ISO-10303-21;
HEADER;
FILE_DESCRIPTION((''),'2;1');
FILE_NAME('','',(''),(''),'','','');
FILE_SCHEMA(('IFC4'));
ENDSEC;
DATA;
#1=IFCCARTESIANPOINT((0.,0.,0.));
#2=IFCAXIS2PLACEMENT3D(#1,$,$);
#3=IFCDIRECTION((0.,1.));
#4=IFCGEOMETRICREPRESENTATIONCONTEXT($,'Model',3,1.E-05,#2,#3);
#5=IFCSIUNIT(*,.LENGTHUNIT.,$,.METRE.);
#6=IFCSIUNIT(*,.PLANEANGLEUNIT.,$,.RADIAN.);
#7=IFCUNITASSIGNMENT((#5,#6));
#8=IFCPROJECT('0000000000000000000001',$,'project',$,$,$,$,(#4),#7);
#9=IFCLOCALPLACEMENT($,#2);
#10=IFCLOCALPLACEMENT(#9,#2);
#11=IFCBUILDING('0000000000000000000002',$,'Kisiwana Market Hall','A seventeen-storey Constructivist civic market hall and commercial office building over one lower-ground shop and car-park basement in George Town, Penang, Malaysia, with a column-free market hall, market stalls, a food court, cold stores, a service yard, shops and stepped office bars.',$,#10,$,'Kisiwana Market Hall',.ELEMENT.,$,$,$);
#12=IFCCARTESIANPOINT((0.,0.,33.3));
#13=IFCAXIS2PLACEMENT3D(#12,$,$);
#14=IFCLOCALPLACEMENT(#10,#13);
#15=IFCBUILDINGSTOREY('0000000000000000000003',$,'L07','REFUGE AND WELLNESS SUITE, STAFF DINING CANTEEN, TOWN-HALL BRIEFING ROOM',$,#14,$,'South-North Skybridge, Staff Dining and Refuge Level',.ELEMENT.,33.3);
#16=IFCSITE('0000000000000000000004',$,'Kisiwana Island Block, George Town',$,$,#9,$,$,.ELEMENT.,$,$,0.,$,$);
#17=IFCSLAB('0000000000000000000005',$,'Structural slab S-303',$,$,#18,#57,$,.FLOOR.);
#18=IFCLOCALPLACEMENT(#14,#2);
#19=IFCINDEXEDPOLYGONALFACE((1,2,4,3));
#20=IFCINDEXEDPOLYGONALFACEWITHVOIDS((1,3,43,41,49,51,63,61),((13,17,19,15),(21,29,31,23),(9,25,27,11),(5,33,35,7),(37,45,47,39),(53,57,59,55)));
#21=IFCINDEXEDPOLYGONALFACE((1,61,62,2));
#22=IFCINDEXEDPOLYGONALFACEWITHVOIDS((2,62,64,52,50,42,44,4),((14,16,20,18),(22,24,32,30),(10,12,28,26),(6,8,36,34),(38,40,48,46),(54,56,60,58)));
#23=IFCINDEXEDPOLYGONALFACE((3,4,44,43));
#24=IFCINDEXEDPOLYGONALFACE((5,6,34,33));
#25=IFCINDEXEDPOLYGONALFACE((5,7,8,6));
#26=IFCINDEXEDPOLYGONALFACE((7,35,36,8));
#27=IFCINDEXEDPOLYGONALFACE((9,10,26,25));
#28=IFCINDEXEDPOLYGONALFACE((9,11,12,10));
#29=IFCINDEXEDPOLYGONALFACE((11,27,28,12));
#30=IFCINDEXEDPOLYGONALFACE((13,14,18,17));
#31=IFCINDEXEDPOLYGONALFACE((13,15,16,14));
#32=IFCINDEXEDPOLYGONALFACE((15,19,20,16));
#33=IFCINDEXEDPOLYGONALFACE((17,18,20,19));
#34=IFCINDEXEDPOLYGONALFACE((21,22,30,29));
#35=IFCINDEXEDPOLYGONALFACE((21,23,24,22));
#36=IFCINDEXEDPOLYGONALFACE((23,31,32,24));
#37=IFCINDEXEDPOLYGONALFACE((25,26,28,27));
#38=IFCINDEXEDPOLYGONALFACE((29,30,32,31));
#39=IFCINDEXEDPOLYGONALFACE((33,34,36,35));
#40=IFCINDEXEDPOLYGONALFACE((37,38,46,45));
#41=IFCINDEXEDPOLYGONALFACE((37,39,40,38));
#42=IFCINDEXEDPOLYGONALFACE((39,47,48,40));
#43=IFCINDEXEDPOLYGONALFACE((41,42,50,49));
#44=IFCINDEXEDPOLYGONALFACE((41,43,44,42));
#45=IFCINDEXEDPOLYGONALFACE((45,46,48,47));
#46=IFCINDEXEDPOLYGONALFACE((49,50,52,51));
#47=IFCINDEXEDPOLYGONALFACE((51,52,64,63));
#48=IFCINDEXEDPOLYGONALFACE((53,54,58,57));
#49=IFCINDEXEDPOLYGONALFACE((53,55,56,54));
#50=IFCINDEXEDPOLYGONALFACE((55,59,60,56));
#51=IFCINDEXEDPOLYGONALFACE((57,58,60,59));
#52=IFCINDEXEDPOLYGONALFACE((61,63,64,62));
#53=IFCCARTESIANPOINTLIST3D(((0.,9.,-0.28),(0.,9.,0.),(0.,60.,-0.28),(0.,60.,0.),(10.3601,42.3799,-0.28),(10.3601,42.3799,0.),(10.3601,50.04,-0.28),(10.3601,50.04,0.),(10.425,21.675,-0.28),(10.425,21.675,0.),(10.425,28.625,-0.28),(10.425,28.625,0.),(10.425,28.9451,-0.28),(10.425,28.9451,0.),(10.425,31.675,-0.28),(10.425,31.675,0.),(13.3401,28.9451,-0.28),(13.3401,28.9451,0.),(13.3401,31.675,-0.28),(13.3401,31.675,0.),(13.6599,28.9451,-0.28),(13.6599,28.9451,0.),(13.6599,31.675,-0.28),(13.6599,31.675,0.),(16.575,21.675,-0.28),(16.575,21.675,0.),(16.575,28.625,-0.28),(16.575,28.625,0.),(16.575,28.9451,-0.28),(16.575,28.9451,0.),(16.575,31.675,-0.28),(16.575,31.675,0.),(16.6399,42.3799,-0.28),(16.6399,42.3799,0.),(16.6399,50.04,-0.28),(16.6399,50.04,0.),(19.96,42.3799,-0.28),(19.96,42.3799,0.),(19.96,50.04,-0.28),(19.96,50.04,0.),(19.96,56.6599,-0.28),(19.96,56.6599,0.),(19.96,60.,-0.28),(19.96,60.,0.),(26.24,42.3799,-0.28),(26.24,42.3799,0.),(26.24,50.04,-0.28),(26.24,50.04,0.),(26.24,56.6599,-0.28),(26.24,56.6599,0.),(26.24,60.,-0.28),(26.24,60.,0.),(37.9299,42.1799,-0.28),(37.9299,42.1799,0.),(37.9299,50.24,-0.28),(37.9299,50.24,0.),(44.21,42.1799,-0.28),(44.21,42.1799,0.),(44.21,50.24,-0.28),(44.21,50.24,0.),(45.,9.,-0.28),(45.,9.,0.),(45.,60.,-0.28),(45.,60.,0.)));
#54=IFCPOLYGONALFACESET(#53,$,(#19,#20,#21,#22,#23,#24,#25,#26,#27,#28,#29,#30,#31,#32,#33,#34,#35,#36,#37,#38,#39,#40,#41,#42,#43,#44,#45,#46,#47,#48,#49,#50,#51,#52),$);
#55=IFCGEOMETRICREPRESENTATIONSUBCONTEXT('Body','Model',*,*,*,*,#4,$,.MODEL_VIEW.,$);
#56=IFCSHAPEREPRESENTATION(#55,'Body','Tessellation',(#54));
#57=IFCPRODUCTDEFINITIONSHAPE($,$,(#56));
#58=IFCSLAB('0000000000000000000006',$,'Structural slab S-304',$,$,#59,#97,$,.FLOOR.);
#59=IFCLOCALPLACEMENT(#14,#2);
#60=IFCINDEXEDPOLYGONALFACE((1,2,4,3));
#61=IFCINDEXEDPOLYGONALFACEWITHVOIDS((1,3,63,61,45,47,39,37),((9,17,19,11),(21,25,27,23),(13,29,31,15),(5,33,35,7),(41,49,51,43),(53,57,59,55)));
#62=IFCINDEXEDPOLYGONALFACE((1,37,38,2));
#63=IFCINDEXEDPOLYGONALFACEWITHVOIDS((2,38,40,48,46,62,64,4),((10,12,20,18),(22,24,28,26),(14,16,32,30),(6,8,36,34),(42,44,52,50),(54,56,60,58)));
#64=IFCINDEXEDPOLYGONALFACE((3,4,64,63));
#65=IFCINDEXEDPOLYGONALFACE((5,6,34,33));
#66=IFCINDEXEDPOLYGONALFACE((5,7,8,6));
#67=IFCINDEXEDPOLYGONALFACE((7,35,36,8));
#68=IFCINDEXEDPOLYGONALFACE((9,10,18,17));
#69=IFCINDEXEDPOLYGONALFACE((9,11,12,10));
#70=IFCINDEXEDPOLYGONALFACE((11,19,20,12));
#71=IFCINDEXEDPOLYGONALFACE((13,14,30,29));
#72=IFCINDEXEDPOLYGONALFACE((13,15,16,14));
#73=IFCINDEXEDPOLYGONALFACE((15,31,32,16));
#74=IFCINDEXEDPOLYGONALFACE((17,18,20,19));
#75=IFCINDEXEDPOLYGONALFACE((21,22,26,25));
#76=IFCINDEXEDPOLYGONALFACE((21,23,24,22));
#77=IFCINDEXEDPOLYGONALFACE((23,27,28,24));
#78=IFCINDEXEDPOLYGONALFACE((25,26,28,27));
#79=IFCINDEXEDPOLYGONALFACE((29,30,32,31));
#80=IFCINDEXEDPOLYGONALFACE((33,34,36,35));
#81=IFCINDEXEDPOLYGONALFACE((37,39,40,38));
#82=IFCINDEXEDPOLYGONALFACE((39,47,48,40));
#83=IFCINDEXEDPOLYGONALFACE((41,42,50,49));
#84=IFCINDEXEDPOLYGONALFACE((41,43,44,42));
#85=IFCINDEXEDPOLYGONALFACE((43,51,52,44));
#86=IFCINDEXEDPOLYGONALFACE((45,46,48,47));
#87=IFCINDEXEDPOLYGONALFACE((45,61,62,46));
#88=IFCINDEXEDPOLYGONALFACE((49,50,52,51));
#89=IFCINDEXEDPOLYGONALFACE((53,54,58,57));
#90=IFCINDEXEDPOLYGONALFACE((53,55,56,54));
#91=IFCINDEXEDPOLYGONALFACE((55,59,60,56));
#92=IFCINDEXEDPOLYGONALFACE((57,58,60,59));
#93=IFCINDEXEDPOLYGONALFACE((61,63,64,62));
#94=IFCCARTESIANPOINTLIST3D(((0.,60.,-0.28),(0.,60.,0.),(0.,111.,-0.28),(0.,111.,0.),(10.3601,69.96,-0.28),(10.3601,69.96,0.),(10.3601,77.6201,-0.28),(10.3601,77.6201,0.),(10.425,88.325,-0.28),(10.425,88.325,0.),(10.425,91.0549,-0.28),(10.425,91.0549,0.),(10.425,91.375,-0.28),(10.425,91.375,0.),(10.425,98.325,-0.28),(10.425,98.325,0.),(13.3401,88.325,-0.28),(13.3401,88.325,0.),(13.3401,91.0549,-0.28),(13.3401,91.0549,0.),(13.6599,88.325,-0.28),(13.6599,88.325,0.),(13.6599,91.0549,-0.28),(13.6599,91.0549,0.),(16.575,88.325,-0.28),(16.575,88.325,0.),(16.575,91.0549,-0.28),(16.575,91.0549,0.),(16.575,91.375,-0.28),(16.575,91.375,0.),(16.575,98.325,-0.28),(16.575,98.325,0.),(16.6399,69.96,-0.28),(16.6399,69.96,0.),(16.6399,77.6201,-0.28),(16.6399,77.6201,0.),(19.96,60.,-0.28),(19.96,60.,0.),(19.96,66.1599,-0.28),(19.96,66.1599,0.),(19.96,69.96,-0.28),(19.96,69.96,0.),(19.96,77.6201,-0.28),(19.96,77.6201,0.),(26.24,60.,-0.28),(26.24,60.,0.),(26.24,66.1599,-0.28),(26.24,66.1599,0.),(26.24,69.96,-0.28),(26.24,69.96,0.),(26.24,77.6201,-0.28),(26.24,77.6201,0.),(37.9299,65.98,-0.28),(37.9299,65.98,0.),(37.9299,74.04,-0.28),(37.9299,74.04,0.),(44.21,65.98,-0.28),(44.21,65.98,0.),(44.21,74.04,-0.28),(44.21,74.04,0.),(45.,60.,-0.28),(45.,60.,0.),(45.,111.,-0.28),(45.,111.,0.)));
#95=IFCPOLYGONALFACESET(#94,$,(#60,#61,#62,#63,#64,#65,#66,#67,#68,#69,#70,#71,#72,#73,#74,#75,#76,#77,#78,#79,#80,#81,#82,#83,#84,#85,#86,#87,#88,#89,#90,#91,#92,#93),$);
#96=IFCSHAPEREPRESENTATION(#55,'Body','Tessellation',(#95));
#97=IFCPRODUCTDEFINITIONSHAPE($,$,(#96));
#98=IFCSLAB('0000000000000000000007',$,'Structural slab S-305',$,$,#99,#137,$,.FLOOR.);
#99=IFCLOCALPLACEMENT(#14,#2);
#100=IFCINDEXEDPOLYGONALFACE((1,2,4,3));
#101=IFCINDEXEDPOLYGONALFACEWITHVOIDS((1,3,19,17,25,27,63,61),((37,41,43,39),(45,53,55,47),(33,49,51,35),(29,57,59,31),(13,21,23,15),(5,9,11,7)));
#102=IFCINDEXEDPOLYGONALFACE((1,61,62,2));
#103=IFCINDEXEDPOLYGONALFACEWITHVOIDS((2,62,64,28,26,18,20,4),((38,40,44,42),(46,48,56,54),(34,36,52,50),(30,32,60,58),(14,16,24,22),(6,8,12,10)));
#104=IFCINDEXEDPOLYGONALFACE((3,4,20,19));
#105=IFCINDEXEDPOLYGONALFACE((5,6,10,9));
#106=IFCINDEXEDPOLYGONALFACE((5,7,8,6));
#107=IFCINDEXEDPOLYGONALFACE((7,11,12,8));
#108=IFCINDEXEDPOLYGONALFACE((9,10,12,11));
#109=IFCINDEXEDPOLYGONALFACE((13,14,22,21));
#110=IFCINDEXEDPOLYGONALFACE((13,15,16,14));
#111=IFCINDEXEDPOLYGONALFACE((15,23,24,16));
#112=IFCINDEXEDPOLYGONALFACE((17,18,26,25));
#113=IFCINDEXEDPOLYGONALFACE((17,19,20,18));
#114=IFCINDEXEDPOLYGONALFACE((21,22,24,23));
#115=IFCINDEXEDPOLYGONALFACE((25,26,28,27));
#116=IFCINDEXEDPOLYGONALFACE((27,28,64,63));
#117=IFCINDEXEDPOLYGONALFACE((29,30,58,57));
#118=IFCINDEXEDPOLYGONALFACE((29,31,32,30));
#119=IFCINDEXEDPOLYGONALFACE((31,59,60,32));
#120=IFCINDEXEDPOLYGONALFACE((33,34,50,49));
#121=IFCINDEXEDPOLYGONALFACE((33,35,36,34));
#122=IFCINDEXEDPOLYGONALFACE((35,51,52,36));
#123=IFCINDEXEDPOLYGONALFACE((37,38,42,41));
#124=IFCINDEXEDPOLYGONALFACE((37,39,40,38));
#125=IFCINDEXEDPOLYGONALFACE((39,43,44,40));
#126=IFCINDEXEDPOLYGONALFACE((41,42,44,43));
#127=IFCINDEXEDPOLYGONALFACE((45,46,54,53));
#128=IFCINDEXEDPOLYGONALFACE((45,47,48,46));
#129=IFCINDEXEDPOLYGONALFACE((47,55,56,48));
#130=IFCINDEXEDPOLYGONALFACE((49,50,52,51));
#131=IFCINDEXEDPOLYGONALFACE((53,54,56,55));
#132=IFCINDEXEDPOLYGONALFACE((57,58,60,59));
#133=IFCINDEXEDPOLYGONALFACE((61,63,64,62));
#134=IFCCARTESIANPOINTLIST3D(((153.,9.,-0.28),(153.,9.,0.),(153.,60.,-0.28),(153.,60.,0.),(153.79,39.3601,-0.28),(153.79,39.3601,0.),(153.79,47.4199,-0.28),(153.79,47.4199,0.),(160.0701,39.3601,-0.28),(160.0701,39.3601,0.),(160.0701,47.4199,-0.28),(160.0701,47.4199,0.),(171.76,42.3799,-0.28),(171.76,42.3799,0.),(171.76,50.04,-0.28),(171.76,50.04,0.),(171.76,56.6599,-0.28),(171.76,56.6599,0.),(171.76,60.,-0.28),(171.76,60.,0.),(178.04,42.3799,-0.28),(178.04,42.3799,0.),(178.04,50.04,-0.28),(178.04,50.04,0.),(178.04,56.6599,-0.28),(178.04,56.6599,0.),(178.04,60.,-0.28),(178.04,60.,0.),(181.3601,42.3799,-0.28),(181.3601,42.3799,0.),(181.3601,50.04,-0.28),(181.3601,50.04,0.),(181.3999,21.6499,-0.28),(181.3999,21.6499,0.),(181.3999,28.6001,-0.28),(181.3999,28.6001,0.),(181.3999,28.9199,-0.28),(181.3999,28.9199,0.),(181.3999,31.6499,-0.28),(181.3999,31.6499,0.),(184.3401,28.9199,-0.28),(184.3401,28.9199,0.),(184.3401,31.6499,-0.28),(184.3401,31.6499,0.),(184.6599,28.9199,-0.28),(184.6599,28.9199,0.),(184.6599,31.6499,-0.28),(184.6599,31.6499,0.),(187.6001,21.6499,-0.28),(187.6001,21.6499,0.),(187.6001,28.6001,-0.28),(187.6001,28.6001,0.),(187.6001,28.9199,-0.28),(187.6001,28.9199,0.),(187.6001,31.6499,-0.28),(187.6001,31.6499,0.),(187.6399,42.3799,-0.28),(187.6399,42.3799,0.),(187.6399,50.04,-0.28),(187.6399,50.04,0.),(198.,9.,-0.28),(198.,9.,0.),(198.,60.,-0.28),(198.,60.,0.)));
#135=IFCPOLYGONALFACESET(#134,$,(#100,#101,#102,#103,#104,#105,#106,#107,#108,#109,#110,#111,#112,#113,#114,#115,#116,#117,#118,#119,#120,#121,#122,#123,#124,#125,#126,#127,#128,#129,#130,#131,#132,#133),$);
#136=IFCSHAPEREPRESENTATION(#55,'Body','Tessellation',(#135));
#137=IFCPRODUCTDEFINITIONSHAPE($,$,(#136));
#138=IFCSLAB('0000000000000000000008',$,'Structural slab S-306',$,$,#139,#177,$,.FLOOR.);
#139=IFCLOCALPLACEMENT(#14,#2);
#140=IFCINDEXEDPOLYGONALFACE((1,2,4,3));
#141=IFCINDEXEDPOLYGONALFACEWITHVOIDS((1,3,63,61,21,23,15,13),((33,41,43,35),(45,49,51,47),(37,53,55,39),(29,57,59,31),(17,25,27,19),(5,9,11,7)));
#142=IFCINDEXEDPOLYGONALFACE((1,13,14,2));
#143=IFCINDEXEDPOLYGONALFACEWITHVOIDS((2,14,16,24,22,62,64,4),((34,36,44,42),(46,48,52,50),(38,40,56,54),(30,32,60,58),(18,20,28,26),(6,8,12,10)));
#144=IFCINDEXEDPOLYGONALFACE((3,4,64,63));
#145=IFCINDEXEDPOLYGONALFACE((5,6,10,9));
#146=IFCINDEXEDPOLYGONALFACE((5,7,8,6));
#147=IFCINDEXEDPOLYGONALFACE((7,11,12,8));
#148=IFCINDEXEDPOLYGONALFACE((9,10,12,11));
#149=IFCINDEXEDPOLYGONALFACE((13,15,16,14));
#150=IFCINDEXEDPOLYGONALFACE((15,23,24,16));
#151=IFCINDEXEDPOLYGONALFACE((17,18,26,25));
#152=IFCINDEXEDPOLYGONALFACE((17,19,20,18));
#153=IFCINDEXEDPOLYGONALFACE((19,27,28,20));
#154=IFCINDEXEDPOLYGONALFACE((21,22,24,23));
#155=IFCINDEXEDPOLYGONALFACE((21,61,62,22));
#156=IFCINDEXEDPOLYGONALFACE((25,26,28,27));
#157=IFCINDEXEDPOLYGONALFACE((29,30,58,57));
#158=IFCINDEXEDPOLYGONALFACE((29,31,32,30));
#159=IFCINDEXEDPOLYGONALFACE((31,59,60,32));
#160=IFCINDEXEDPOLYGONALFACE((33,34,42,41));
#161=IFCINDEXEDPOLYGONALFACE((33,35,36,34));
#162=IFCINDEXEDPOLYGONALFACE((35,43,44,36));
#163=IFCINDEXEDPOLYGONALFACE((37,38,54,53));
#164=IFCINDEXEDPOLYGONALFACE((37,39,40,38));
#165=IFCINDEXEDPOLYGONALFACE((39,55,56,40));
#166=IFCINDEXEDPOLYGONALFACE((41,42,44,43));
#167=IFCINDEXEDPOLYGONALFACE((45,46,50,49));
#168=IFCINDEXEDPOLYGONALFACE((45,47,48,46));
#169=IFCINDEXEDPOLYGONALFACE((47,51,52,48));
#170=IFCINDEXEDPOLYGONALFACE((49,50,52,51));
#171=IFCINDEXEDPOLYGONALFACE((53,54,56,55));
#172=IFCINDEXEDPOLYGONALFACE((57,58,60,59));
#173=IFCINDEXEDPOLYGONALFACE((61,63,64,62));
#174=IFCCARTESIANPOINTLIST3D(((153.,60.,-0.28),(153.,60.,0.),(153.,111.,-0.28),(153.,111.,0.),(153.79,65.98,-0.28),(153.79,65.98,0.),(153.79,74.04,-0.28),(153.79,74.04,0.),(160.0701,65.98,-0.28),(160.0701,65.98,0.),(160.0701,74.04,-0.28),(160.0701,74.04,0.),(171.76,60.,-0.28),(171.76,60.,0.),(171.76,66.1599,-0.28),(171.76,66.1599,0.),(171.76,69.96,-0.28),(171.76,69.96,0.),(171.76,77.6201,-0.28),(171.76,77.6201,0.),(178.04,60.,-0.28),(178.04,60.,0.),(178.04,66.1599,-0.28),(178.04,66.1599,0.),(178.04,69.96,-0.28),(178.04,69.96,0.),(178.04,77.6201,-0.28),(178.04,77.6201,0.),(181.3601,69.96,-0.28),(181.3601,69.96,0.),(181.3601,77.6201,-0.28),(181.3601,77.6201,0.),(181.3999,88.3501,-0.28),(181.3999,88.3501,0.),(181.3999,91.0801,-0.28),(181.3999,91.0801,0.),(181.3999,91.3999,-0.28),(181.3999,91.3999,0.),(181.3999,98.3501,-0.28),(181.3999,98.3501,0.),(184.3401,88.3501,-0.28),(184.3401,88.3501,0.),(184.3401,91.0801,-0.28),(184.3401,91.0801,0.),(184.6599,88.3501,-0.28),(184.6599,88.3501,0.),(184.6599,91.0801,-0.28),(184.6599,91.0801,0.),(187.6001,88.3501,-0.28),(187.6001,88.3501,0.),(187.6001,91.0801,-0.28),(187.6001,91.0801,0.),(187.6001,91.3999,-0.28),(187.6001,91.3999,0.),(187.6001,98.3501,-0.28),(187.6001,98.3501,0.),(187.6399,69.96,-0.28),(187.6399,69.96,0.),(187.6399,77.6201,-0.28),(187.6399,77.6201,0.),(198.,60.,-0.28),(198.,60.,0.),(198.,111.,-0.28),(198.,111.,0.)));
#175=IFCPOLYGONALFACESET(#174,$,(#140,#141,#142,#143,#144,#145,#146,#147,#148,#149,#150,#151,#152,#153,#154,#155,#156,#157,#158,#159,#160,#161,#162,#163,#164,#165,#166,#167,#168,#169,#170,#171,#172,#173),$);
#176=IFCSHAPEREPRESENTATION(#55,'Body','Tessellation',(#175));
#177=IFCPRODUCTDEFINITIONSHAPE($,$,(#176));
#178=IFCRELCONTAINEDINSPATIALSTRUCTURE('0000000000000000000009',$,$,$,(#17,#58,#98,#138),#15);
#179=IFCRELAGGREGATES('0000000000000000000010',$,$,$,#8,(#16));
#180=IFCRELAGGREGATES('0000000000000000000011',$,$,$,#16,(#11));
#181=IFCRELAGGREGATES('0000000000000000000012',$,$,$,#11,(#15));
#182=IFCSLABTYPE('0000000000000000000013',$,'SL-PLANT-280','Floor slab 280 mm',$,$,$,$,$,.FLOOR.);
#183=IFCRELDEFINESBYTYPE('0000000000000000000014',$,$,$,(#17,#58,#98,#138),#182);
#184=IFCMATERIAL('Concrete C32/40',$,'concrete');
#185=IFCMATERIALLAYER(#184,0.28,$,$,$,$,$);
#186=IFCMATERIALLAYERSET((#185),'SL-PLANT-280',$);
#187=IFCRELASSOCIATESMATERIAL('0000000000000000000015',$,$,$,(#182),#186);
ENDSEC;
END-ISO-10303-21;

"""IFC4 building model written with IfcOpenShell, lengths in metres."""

from ifc_helpers import new_model, si_unit, direction, frame, origin, place, context, subcontext, project, spatial, polyline, outline, extrude, material, layer, layer_set, type_object, element, save


model = new_model("IFC4")

# Units and contexts
model_context = context("Model", 3, precision=1e-05, world=origin(), true_north=direction((0.0, 1.0)))
body_context = subcontext(model_context, "Body", "Model", "MODEL_VIEW")
ifc_project = project(units=[si_unit("LENGTHUNIT", "METRE"), si_unit("PLANEANGLEUNIT", "RADIAN")], contexts=[model_context])

# Site, building, storey
site_placement = place(None, origin())
site = spatial("IfcSite", under=ifc_project, at=site_placement, Name="Kisiwana Island Block, George Town", CompositionType="ELEMENT", RefElevation=0.0)
building_placement = place(site_placement, origin())
building = spatial("IfcBuilding", under=site, at=building_placement, Name="Kisiwana Market Hall", Description="A seventeen-storey Constructivist civic market hall and commercial office building over one lower-ground shop and car-park basement in George Town, Penang, Malaysia, with a column-free market hall, market stalls, a food court, cold stores, a service yard, shops and stepped office bars.", LongName="Kisiwana Market Hall", CompositionType="ELEMENT")
storey_placement = place(building_placement, frame((0.0, 0.0, 33.3)))
storey = spatial("IfcBuildingStorey", under=building, at=storey_placement, Name="L07", Description="REFUGE AND WELLNESS SUITE, STAFF DINING CANTEEN, TOWN-HALL BRIEFING ROOM", LongName="South-North Skybridge, Staff Dining and Refuge Level", CompositionType="ELEMENT", Elevation=33.3)

# Slabs
ifc_material_1 = material(Name="Concrete C32/40", Category="concrete")
ifc_layer_1 = layer(ifc_material_1, 0.28)
ifc_layer_set_1 = layer_set([ifc_layer_1], Name="SL-PLANT-280")
slab_type_1 = type_object("IfcSlabType", Name="SL-PLANT-280", Description="Floor slab 280 mm", PredefinedType="FLOOR", material=ifc_layer_set_1)
slab_1_placement = place(storey_placement, frame((0.0, 0.0, -0.28)))
element("IfcSlab", 1, at=slab_1_placement, inside=storey, type_object=slab_type_1, Name="Structural slab S-303", PredefinedType="FLOOR", context=body_context, shape_type="SweptSolid", body=[
    extrude(outline(polyline([(0.0, 9.0), (45.0, 9.0), (45.0, 60.0), (26.24, 60.0), (26.24, 56.6599), (19.96, 56.6599), (19.96, 60.0), (0.0, 60.0), (0.0, 9.0)]), holes=[polyline([(10.425, 21.675), (16.575, 21.675), (16.575, 28.625), (10.425, 28.625), (10.425, 21.675)]), polyline([(10.425, 28.9451), (13.3401, 28.9451), (13.3401, 31.675), (10.425, 31.675), (10.425, 28.9451)]), polyline([(13.6599, 28.9451), (16.575, 28.9451), (16.575, 31.675), (13.6599, 31.675), (13.6599, 28.9451)]), polyline([(10.3601, 42.3799), (16.6399, 42.3799), (16.6399, 50.04), (10.3601, 50.04), (10.3601, 42.3799)]), polyline([(19.96, 42.3799), (26.24, 42.3799), (26.24, 50.04), (19.96, 50.04), (19.96, 42.3799)]), polyline([(37.9299, 42.1799), (44.21, 42.1799), (44.21, 50.24), (37.9299, 50.24), (37.9299, 42.1799)])]), origin(), (0.0, 0.0, 1.0), 0.28),
])
slab_2_placement = place(storey_placement, frame((0.0, 0.0, -0.28)))
element("IfcSlab", 2, at=slab_2_placement, inside=storey, type_object=slab_type_1, Name="Structural slab S-304", PredefinedType="FLOOR", context=body_context, shape_type="SweptSolid", body=[
    extrude(outline(polyline([(0.0, 60.0), (19.96, 60.0), (19.96, 66.1599), (26.24, 66.1599), (26.24, 60.0), (45.0, 60.0), (45.0, 111.0), (0.0, 111.0), (0.0, 60.0)]), holes=[polyline([(10.425, 91.375), (16.575, 91.375), (16.575, 98.325), (10.425, 98.325), (10.425, 91.375)]), polyline([(10.425, 88.325), (13.3401, 88.325), (13.3401, 91.0549), (10.425, 91.0549), (10.425, 88.325)]), polyline([(13.6599, 88.325), (16.575, 88.325), (16.575, 91.0549), (13.6599, 91.0549), (13.6599, 88.325)]), polyline([(10.3601, 69.96), (16.6399, 69.96), (16.6399, 77.6201), (10.3601, 77.6201), (10.3601, 69.96)]), polyline([(19.96, 69.96), (26.24, 69.96), (26.24, 77.6201), (19.96, 77.6201), (19.96, 69.96)]), polyline([(37.9299, 65.98), (44.21, 65.98), (44.21, 74.04), (37.9299, 74.04), (37.9299, 65.98)])]), origin(), (0.0, 0.0, 1.0), 0.28),
])
slab_3_placement = place(storey_placement, frame((0.0, 0.0, -0.28)))
element("IfcSlab", 3, at=slab_3_placement, inside=storey, type_object=slab_type_1, Name="Structural slab S-305", PredefinedType="FLOOR", context=body_context, shape_type="SweptSolid", body=[
    extrude(outline(polyline([(153.0, 9.0), (198.0, 9.0), (198.0, 60.0), (178.04, 60.0), (178.04, 56.6599), (171.76, 56.6599), (171.76, 60.0), (153.0, 60.0), (153.0, 9.0)]), holes=[polyline([(181.3999, 21.6499), (187.6001, 21.6499), (187.6001, 28.6001), (181.3999, 28.6001), (181.3999, 21.6499)]), polyline([(181.3999, 28.9199), (184.3401, 28.9199), (184.3401, 31.6499), (181.3999, 31.6499), (181.3999, 28.9199)]), polyline([(184.6599, 28.9199), (187.6001, 28.9199), (187.6001, 31.6499), (184.6599, 31.6499), (184.6599, 28.9199)]), polyline([(181.3601, 42.3799), (187.6399, 42.3799), (187.6399, 50.04), (181.3601, 50.04), (181.3601, 42.3799)]), polyline([(171.76, 42.3799), (178.04, 42.3799), (178.04, 50.04), (171.76, 50.04), (171.76, 42.3799)]), polyline([(153.79, 39.3601), (160.0701, 39.3601), (160.0701, 47.4199), (153.79, 47.4199), (153.79, 39.3601)])]), origin(), (0.0, 0.0, 1.0), 0.28),
])
slab_4_placement = place(storey_placement, frame((0.0, 0.0, -0.28)))
element("IfcSlab", 4, at=slab_4_placement, inside=storey, type_object=slab_type_1, Name="Structural slab S-306", PredefinedType="FLOOR", context=body_context, shape_type="SweptSolid", body=[
    extrude(outline(polyline([(153.0, 60.0), (171.76, 60.0), (171.76, 66.1599), (178.04, 66.1599), (178.04, 60.0), (198.0, 60.0), (198.0, 111.0), (153.0, 111.0), (153.0, 60.0)]), holes=[polyline([(181.3999, 91.3999), (187.6001, 91.3999), (187.6001, 98.3501), (181.3999, 98.3501), (181.3999, 91.3999)]), polyline([(181.3999, 88.3501), (184.3401, 88.3501), (184.3401, 91.0801), (181.3999, 91.0801), (181.3999, 88.3501)]), polyline([(184.6599, 88.3501), (187.6001, 88.3501), (187.6001, 91.0801), (184.6599, 91.0801), (184.6599, 88.3501)]), polyline([(181.3601, 69.96), (187.6399, 69.96), (187.6399, 77.6201), (181.3601, 77.6201), (181.3601, 69.96)]), polyline([(171.76, 69.96), (178.04, 69.96), (178.04, 77.6201), (171.76, 77.6201), (171.76, 69.96)]), polyline([(153.79, 65.98), (160.0701, 65.98), (160.0701, 74.04), (153.79, 74.04), (153.79, 65.98)])]), origin(), (0.0, 0.0, 1.0), 0.28),
])

save(model, "model.ifc")
